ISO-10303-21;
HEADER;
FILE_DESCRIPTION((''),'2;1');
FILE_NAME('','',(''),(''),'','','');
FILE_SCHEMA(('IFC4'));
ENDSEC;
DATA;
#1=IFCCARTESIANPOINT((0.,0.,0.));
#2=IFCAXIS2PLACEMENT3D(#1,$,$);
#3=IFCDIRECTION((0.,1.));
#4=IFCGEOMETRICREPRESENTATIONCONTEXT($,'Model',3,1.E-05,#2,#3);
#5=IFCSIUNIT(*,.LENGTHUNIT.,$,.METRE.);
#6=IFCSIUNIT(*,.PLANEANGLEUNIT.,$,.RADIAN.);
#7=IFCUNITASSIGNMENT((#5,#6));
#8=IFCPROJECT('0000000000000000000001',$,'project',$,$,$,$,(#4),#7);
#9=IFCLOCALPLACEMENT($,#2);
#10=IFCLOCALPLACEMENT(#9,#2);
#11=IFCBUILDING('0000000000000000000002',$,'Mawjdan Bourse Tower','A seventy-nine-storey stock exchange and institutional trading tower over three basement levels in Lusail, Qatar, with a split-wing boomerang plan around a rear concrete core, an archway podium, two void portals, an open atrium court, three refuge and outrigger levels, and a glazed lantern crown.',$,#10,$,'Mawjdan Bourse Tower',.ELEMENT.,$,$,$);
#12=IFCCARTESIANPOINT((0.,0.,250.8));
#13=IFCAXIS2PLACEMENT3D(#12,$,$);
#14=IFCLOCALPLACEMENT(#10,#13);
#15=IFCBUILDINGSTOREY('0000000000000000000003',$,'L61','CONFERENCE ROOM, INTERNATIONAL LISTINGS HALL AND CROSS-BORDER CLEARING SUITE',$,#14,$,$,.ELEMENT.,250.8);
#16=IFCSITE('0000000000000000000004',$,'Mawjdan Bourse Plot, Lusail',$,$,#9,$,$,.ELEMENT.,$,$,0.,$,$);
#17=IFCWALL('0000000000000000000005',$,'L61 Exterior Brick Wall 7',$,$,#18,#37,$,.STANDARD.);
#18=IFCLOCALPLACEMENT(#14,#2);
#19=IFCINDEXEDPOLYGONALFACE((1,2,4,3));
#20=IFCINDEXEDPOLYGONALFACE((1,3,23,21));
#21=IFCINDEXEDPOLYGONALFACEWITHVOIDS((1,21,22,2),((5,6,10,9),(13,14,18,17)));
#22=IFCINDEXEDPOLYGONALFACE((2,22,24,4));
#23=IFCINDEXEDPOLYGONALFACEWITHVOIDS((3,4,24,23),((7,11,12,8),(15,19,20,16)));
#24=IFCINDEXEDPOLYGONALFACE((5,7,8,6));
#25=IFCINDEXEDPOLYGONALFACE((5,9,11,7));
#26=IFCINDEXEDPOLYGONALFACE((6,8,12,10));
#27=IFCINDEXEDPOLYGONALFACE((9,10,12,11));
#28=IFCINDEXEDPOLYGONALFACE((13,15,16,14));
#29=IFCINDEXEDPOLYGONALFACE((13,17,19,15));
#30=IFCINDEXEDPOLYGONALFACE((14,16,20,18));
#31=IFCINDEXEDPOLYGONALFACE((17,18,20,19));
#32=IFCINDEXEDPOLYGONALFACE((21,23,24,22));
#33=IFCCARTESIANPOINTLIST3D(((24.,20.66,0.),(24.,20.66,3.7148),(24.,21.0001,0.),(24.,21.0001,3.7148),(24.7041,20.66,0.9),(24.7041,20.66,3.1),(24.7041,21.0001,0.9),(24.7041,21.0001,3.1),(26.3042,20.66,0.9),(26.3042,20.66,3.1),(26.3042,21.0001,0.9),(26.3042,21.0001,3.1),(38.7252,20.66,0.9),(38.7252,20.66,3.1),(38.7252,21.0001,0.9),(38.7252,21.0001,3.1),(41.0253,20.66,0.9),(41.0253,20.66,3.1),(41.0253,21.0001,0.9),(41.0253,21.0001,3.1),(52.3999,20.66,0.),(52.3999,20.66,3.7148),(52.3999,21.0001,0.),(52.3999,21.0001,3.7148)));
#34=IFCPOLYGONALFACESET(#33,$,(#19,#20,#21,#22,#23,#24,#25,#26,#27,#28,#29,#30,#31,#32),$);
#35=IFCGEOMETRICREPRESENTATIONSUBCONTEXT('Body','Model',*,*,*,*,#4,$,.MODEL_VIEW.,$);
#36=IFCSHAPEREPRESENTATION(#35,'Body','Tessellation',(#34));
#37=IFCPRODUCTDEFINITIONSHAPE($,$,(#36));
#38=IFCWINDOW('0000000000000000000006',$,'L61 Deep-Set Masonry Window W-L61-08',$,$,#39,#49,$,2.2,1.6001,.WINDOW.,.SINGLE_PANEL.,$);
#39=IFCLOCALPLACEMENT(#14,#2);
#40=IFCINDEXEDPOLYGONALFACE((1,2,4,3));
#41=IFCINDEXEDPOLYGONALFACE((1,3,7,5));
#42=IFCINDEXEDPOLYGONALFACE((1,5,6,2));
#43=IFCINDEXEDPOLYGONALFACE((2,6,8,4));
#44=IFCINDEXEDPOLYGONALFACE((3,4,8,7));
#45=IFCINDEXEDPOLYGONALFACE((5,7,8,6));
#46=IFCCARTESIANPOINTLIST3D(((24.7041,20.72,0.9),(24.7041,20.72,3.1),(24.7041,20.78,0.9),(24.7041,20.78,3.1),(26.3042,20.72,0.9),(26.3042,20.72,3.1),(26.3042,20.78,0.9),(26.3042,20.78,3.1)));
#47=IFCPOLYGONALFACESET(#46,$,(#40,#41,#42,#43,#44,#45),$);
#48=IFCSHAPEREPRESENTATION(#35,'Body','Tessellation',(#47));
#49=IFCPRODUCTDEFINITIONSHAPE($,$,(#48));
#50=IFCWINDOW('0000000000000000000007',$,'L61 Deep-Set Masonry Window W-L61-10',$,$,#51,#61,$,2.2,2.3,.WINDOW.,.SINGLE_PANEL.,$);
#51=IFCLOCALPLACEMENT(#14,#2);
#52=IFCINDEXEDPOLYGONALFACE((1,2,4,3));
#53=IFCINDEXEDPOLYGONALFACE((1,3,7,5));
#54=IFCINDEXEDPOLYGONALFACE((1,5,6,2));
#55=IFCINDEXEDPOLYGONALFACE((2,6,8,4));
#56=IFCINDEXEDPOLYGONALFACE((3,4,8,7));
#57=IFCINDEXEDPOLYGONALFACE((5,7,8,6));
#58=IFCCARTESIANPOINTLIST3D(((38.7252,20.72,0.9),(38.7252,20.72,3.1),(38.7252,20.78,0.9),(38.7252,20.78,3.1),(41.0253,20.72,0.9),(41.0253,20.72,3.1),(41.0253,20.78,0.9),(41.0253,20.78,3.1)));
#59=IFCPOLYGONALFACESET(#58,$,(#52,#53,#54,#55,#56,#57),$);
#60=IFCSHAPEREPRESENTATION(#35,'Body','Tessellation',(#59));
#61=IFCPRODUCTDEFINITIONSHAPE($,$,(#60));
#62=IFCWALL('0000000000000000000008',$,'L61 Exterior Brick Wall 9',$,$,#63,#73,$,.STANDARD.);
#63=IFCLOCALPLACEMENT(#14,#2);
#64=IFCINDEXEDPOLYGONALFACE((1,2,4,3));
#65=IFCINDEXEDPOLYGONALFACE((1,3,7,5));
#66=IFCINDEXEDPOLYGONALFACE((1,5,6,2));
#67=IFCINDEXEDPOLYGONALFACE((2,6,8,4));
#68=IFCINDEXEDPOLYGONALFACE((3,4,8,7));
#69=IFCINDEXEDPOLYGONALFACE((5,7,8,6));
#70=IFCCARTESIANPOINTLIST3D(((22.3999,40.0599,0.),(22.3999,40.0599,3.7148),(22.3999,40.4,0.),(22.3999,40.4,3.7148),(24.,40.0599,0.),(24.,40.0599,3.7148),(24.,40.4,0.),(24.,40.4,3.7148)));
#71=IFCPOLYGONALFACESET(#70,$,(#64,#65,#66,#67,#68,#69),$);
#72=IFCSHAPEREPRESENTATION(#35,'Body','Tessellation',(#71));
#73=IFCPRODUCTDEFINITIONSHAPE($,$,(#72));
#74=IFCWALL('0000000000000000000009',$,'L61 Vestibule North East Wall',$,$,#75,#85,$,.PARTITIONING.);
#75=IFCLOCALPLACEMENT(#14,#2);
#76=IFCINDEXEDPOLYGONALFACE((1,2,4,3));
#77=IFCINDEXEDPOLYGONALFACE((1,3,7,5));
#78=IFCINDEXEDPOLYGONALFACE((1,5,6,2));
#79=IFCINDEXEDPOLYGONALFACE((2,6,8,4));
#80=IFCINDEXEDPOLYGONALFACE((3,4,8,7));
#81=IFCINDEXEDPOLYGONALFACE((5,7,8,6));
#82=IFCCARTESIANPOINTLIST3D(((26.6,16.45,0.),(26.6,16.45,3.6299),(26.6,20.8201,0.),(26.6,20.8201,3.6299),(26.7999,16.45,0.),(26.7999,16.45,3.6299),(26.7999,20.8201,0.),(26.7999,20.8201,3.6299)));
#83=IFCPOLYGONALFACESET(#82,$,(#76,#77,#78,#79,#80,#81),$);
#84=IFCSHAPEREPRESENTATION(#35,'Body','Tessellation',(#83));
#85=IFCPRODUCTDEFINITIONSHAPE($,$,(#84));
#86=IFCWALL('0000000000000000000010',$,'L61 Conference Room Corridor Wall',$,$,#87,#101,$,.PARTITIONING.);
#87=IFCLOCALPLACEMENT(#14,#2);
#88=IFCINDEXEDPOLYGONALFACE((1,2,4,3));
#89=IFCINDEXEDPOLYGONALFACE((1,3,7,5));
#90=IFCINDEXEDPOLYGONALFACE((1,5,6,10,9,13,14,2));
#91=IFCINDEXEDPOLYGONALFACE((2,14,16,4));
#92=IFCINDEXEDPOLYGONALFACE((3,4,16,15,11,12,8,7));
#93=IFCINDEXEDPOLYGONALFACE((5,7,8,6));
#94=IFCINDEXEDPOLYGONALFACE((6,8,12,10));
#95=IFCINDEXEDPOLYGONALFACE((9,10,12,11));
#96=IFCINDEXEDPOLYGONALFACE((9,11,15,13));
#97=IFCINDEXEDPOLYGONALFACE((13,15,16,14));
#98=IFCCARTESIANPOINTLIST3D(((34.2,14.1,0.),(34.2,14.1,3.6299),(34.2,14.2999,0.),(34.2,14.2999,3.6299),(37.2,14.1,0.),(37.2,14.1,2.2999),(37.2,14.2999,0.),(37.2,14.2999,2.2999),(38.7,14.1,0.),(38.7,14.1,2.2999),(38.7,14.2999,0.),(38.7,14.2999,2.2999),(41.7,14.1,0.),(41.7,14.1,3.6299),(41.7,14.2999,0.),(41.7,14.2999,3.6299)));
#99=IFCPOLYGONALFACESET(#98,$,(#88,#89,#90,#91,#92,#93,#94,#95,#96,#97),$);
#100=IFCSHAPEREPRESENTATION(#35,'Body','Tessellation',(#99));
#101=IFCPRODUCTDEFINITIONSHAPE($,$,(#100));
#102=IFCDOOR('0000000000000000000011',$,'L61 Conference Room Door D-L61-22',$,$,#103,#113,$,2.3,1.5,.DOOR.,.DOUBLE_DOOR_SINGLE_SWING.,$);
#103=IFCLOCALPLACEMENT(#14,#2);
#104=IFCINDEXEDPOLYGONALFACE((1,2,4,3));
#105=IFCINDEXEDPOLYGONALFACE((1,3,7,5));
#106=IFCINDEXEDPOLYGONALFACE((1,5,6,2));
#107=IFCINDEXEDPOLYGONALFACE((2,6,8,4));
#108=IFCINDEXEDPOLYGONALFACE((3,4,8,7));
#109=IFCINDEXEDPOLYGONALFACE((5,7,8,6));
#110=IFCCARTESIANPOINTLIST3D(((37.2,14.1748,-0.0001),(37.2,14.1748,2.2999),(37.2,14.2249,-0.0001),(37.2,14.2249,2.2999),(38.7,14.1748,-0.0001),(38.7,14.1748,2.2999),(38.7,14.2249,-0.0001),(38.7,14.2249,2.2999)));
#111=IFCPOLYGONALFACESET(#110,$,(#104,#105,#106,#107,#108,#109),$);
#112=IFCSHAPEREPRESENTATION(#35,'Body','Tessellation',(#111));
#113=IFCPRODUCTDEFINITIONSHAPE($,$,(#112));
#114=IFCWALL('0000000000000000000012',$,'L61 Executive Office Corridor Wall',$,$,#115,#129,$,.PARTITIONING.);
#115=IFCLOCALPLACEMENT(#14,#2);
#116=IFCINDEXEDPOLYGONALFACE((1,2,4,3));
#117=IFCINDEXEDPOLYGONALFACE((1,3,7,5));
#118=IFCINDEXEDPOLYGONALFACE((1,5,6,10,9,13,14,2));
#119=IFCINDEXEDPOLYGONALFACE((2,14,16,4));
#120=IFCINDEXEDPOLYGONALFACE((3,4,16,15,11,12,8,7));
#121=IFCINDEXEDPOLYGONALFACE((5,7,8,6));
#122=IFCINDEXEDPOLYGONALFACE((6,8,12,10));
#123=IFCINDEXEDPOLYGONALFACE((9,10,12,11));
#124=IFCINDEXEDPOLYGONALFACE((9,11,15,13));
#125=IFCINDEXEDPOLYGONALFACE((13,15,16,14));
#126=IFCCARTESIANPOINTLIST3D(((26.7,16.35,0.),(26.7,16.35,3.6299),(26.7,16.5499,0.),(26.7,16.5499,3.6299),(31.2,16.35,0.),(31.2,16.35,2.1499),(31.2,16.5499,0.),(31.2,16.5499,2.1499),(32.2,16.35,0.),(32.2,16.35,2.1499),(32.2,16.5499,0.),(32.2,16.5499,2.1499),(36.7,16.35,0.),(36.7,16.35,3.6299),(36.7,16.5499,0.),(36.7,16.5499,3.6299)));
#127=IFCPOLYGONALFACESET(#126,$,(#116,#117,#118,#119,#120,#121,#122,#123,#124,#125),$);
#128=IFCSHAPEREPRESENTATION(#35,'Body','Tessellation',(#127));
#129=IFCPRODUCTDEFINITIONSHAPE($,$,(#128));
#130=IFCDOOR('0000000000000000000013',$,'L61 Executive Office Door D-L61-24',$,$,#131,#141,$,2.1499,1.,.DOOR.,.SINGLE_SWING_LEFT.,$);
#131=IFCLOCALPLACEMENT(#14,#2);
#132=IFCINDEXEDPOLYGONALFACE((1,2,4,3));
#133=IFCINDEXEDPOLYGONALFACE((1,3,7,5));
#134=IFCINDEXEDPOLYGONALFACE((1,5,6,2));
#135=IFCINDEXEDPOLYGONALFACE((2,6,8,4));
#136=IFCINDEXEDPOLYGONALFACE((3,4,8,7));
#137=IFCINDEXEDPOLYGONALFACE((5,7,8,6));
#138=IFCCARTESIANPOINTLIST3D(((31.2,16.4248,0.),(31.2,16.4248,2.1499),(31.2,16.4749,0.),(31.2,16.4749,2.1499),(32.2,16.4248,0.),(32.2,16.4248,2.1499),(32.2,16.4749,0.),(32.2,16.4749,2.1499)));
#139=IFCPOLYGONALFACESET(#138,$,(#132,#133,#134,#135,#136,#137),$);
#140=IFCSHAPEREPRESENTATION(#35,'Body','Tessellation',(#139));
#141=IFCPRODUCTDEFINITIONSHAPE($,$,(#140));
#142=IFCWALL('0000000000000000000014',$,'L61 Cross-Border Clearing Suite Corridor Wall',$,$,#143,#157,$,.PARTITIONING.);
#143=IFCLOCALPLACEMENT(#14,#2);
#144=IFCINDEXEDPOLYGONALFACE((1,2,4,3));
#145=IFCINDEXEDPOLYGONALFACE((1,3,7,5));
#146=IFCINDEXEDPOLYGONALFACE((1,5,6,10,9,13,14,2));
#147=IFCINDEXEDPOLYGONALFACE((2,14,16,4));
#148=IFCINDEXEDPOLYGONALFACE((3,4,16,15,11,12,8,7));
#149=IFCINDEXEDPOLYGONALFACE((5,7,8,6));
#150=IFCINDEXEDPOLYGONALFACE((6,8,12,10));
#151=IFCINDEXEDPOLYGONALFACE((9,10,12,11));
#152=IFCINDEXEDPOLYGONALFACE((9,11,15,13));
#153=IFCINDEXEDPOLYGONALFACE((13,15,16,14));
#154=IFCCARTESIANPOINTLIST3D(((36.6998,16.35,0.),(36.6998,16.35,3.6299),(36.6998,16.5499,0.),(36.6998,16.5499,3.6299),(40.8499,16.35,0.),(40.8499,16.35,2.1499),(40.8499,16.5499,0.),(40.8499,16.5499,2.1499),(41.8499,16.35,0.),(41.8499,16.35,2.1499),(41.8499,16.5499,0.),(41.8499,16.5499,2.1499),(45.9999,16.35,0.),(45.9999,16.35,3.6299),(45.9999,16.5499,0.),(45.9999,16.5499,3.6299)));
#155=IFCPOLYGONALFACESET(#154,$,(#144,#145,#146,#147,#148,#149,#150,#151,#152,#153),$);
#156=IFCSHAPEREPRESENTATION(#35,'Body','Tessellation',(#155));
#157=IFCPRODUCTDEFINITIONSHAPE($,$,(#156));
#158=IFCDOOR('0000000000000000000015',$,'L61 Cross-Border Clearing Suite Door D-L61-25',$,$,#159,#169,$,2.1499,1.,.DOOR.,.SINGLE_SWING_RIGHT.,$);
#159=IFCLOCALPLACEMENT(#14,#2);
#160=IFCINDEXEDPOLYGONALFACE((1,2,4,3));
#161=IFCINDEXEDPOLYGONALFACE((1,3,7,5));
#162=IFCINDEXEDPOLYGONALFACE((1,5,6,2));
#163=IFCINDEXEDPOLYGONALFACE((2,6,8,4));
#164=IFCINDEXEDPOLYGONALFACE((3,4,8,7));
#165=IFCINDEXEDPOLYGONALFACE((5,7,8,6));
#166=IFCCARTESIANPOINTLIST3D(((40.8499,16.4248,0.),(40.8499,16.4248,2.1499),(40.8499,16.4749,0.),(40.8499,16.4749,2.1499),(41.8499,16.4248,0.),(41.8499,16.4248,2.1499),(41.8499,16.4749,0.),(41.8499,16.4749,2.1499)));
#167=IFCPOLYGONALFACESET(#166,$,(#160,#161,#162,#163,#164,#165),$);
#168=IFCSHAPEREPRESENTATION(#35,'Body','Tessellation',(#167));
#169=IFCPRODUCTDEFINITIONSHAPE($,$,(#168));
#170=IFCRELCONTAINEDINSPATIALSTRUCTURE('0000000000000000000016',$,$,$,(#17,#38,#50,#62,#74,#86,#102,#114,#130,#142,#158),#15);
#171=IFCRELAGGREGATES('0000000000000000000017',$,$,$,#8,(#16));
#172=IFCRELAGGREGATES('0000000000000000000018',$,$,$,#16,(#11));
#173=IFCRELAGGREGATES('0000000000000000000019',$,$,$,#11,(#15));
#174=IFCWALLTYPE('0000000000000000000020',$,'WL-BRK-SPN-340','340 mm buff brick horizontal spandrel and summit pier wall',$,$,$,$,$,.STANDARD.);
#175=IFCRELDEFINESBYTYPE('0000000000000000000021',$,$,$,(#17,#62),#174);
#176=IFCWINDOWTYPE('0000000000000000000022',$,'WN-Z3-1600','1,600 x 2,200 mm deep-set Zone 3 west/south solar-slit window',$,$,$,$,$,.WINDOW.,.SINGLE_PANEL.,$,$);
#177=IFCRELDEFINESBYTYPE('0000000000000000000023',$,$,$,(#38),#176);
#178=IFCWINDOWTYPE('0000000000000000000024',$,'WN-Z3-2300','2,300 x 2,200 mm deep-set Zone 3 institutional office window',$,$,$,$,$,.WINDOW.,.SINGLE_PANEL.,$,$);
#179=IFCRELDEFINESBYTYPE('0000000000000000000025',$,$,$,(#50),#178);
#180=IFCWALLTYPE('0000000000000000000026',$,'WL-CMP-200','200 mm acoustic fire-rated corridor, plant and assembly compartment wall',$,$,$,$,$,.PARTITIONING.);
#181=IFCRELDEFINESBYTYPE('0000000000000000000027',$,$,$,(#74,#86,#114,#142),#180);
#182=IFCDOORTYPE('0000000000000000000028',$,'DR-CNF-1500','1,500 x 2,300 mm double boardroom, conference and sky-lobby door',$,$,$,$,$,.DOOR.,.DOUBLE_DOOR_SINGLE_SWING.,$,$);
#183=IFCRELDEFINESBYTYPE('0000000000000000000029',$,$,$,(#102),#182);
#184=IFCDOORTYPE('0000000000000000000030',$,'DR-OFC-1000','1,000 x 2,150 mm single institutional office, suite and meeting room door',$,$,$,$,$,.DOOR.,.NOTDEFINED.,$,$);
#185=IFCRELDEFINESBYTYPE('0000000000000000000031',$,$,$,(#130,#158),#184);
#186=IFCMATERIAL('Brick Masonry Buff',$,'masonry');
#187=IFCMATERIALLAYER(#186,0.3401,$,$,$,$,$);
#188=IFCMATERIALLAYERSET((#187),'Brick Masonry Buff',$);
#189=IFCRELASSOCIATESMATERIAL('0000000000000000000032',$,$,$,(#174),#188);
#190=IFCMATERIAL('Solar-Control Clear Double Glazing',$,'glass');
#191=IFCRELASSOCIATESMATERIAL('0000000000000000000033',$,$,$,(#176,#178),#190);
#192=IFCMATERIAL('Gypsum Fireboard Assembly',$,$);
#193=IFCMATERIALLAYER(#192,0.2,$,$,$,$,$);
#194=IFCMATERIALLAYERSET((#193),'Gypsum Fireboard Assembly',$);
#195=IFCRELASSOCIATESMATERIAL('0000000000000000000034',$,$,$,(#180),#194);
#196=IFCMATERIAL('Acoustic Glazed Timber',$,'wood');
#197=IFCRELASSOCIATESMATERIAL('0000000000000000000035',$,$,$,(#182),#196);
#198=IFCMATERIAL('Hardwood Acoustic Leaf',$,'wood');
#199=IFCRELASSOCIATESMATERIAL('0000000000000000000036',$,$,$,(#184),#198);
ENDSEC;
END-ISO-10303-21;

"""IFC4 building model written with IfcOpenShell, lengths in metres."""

from ifc_helpers import new_model, si_unit, direction, frame, frame_2d, origin, place, context, subcontext, project, spatial, rectangle, extrude, material, layer, layer_set, type_object, element, fill, save


model = new_model("IFC4")

# Units and contexts
model_context = context("Model", 3, precision=1e-05, world=origin(), true_north=direction((0.0, 1.0)))
body_context = subcontext(model_context, "Body", "Model", "MODEL_VIEW")
ifc_project = project(units=[si_unit("LENGTHUNIT", "METRE"), si_unit("PLANEANGLEUNIT", "RADIAN")], contexts=[model_context])

# Site, building, storey
site_placement = place(None, origin())
site = spatial("IfcSite", under=ifc_project, at=site_placement, Name="Mawjdan Bourse Plot, Lusail", CompositionType="ELEMENT", RefElevation=0.0)
building_placement = place(site_placement, origin())
building = spatial("IfcBuilding", under=site, at=building_placement, Name="Mawjdan Bourse Tower", Description="A seventy-nine-storey stock exchange and institutional trading tower over three basement levels in Lusail, Qatar, with a split-wing boomerang plan around a rear concrete core, an archway podium, two void portals, an open atrium court, three refuge and outrigger levels, and a glazed lantern crown.", LongName="Mawjdan Bourse Tower", CompositionType="ELEMENT")
storey_placement = place(building_placement, frame((0.0, 0.0, 250.8)))
storey = spatial("IfcBuildingStorey", under=building, at=storey_placement, Name="L61", Description="CONFERENCE ROOM, INTERNATIONAL LISTINGS HALL AND CROSS-BORDER CLEARING SUITE", CompositionType="ELEMENT", Elevation=250.8)

# Shared definitions
ifc_material_1 = material(Name="Brick Masonry Buff", Category="masonry")
ifc_layer_1 = layer(ifc_material_1, 0.3401)
ifc_layer_set_1 = layer_set([ifc_layer_1], Name="Brick Masonry Buff")
wall_type_1 = type_object("IfcWallType", Name="WL-BRK-SPN-340", Description="340 mm buff brick horizontal spandrel and summit pier wall", PredefinedType="STANDARD", material=ifc_layer_set_1)

# Wall, openings, windows
wall_1_placement = place(storey_placement, frame((52.3999, 20.8301, 0.0), z_axis=(0.0, 0.0, 1.0), x_axis=(-1.0, 0.0, 0.0)))
wall_1 = element("IfcWall", 1, at=wall_1_placement, inside=storey, type_object=wall_type_1, Name="L61 Exterior Brick Wall 7", PredefinedType="STANDARD", context=body_context, shape_type="SweptSolid", body=[
    extrude(rectangle(XDim=28.3999, YDim=0.3401, at=frame_2d((14.2, 0.0))), origin(), (0.0, 0.0, 1.0), 3.7148),
])
opening_1_placement = place(wall_1_placement, frame((26.0957, 0.0, 0.8999)))
opening_1 = element("IfcOpeningElement", 2, at=opening_1_placement, cuts=wall_1, PredefinedType="OPENING", context=body_context, shape_type="SweptSolid", body=[
    extrude(rectangle(XDim=1.6001, YDim=2.2, at=frame_2d((0.8, 1.1001))), frame((0.0, 0.1802, 0.0), z_axis=(0.0, -1.0, 0.0), x_axis=(1.0, 0.0, 0.0)), (0.0, 0.0, 1.0), 0.3601),
])
opening_2_placement = place(wall_1_placement, frame((11.3748, 0.0, 0.8999)))
opening_2 = element("IfcOpeningElement", 3, at=opening_2_placement, cuts=wall_1, PredefinedType="OPENING", context=body_context, shape_type="SweptSolid", body=[
    extrude(rectangle(XDim=2.3, YDim=2.2, at=frame_2d((1.1499, 1.1001))), frame((0.0, 0.1802, 0.0), z_axis=(0.0, -1.0, 0.0), x_axis=(1.0, 0.0, 0.0)), (0.0, 0.0, 1.0), 0.3601),
])
ifc_material_2 = material(Name="Solar-Control Clear Double Glazing", Category="glass")
window_type_1 = type_object("IfcWindowType", Name="WN-Z3-1600", Description="1,600 x 2,200 mm deep-set Zone 3 west/south solar-slit window", PartitioningType="SINGLE_PANEL", PredefinedType="WINDOW", material=ifc_material_2)
window_1_placement = place(opening_1_placement, origin())
window_1 = element("IfcWindow", 4, at=window_1_placement, inside=storey, type_object=window_type_1, Name="L61 Deep-Set Masonry Window W-L61-08", OverallHeight=2.2, OverallWidth=1.6001, PartitioningType="SINGLE_PANEL", PredefinedType="WINDOW", context=body_context, shape_type="SweptSolid", body=[
    extrude(rectangle(XDim=1.6001, YDim=2.2, at=frame_2d((0.8, 1.1001))), frame((0.0, 0.1101, 0.0), z_axis=(0.0, -1.0, 0.0), x_axis=(1.0, 0.0, 0.0)), (0.0, 0.0, 1.0), 0.0601),
])
fill(opening_1, window_1)
window_type_2 = type_object("IfcWindowType", Name="WN-Z3-2300", Description="2,300 x 2,200 mm deep-set Zone 3 institutional office window", PartitioningType="SINGLE_PANEL", PredefinedType="WINDOW", material=ifc_material_2)
window_2_placement = place(opening_2_placement, origin())
window_2 = element("IfcWindow", 5, at=window_2_placement, inside=storey, type_object=window_type_2, Name="L61 Deep-Set Masonry Window W-L61-10", OverallHeight=2.2, OverallWidth=2.3, PartitioningType="SINGLE_PANEL", PredefinedType="WINDOW", context=body_context, shape_type="SweptSolid", body=[
    extrude(rectangle(XDim=2.3, YDim=2.2, at=frame_2d((1.1499, 1.1001))), frame((0.0, 0.1101, 0.0), z_axis=(0.0, -1.0, 0.0), x_axis=(1.0, 0.0, 0.0)), (0.0, 0.0, 1.0), 0.0601),
])
fill(opening_2, window_2)

# Walls
wall_2_placement = place(storey_placement, frame((24.0, 40.23, 0.0), z_axis=(0.0, 0.0, 1.0), x_axis=(-1.0, 0.0, 0.0)))
element("IfcWall", 6, at=wall_2_placement, inside=storey, type_object=wall_type_1, Name="L61 Exterior Brick Wall 9", PredefinedType="STANDARD", context=body_context, shape_type="SweptSolid", body=[
    extrude(rectangle(XDim=1.6001, YDim=0.3401, at=frame_2d((0.8, 0.0))), origin(), (0.0, 0.0, 1.0), 3.7148),
])
ifc_material_3 = material(Name="Gypsum Fireboard Assembly")
ifc_layer_2 = layer(ifc_material_3, 0.2)
ifc_layer_set_2 = layer_set([ifc_layer_2], Name="Gypsum Fireboard Assembly")
wall_type_2 = type_object("IfcWallType", Name="WL-CMP-200", Description="200 mm acoustic fire-rated corridor, plant and assembly compartment wall", PredefinedType="PARTITIONING", material=ifc_layer_set_2)
wall_3_placement = place(storey_placement, frame((26.7, 16.45, 0.0), z_axis=(0.0, 0.0, 1.0), x_axis=(0.0, 1.0, 0.0)))
element("IfcWall", 7, at=wall_3_placement, inside=storey, type_object=wall_type_2, Name="L61 Vestibule North East Wall", PredefinedType="PARTITIONING", context=body_context, shape_type="SweptSolid", body=[
    extrude(rectangle(XDim=4.3701, YDim=0.2, at=frame_2d((2.1851, 0.0))), origin(), (0.0, 0.0, 1.0), 3.6299),
])

# Walls, openings, doors
wall_4_placement = place(storey_placement, frame((34.2, 14.2, 0.0), z_axis=(0.0, 0.0, 1.0), x_axis=(1.0, 0.0, 0.0)))
wall_4 = element("IfcWall", 8, at=wall_4_placement, inside=storey, type_object=wall_type_2, Name="L61 Conference Room Corridor Wall", PredefinedType="PARTITIONING", context=body_context, shape_type="SweptSolid", body=[
    extrude(rectangle(XDim=7.5, YDim=0.2, at=frame_2d((3.75, 0.0))), origin(), (0.0, 0.0, 1.0), 3.6299),
])
opening_3_placement = place(wall_4_placement, frame((3.0, 0.0, 0.0)))
opening_3 = element("IfcOpeningElement", 9, at=opening_3_placement, cuts=wall_4, PredefinedType="OPENING", context=body_context, shape_type="SweptSolid", body=[
    extrude(rectangle(XDim=1.5, YDim=2.3, at=frame_2d((0.75, 1.1499))), frame((0.0, 0.1099, 0.0), z_axis=(0.0, -1.0, 0.0), x_axis=(1.0, 0.0, 0.0)), (0.0, 0.0, 1.0), 0.22),
])
ifc_material_4 = material(Name="Acoustic Glazed Timber", Category="wood")
door_type_1 = type_object("IfcDoorType", Name="DR-CNF-1500", Description="1,500 x 2,300 mm double boardroom, conference and sky-lobby door", OperationType="DOUBLE_DOOR_SINGLE_SWING", PredefinedType="DOOR", material=ifc_material_4)
door_1_placement = place(opening_3_placement, origin())
door_1 = element("IfcDoor", 10, at=door_1_placement, inside=storey, type_object=door_type_1, Name="L61 Conference Room Door D-L61-22", OperationType="DOUBLE_DOOR_SINGLE_SWING", OverallHeight=2.3, OverallWidth=1.5, PredefinedType="DOOR", context=body_context, shape_type="SweptSolid", body=[
    extrude(rectangle(XDim=1.5, YDim=2.3, at=frame_2d((0.75, 1.1499))), frame((0.0, 0.0249, 0.0), z_axis=(0.0, -1.0, 0.0), x_axis=(1.0, 0.0, 0.0)), (0.0, 0.0, 1.0), 0.05),
])
fill(opening_3, door_1)
ifc_material_5 = material(Name="Hardwood Acoustic Leaf", Category="wood")
door_type_2 = type_object("IfcDoorType", Name="DR-OFC-1000", Description="1,000 x 2,150 mm single institutional office, suite and meeting room door", OperationType="NOTDEFINED", PredefinedType="DOOR", material=ifc_material_5)
wall_5_placement = place(storey_placement, frame((26.7, 16.45, 0.0), z_axis=(0.0, 0.0, 1.0), x_axis=(1.0, 0.0, 0.0)))
wall_5 = element("IfcWall", 11, at=wall_5_placement, inside=storey, type_object=wall_type_2, Name="L61 Executive Office Corridor Wall", PredefinedType="PARTITIONING", context=body_context, shape_type="SweptSolid", body=[
    extrude(rectangle(XDim=10.0, YDim=0.2, at=frame_2d((5.0, 0.0))), origin(), (0.0, 0.0, 1.0), 3.6299),
])
opening_4_placement = place(wall_5_placement, frame((4.5, 0.0, 0.0)))
opening_4 = element("IfcOpeningElement", 12, at=opening_4_placement, cuts=wall_5, PredefinedType="OPENING", context=body_context, shape_type="SweptSolid", body=[
    extrude(rectangle(XDim=1.0, YDim=2.1499, at=frame_2d((0.5, 1.075))), frame((0.0, 0.1099, 0.0), z_axis=(0.0, -1.0, 0.0), x_axis=(1.0, 0.0, 0.0)), (0.0, 0.0, 1.0), 0.22),
])
door_2_placement = place(opening_4_placement, origin())
door_2 = element("IfcDoor", 13, at=door_2_placement, inside=storey, type_object=door_type_2, Name="L61 Executive Office Door D-L61-24", OperationType="SINGLE_SWING_LEFT", OverallHeight=2.1499, OverallWidth=1.0, PredefinedType="DOOR", context=body_context, shape_type="SweptSolid", body=[
    extrude(rectangle(XDim=1.0, YDim=2.1499, at=frame_2d((0.5, 1.075))), frame((0.0, 0.0249, 0.0), z_axis=(0.0, -1.0, 0.0), x_axis=(1.0, 0.0, 0.0)), (0.0, 0.0, 1.0), 0.05),
])
fill(opening_4, door_2)
wall_6_placement = place(storey_placement, frame((36.7, 16.45, 0.0), z_axis=(0.0, 0.0, 1.0), x_axis=(1.0, 0.0, 0.0)))
wall_6 = element("IfcWall", 14, at=wall_6_placement, inside=storey, type_object=wall_type_2, Name="L61 Cross-Border Clearing Suite Corridor Wall", PredefinedType="PARTITIONING", context=body_context, shape_type="SweptSolid", body=[
    extrude(rectangle(XDim=9.3, YDim=0.2, at=frame_2d((4.6499, 0.0))), origin(), (0.0, 0.0, 1.0), 3.6299),
])
opening_5_placement = place(wall_6_placement, frame((4.1499, 0.0, 0.0)))
opening_5 = element("IfcOpeningElement", 15, at=opening_5_placement, cuts=wall_6, PredefinedType="OPENING", context=body_context, shape_type="SweptSolid", body=[
    extrude(rectangle(XDim=1.0, YDim=2.1499, at=frame_2d((0.5, 1.075))), frame((0.0, 0.1099, 0.0), z_axis=(0.0, -1.0, 0.0), x_axis=(1.0, 0.0, 0.0)), (0.0, 0.0, 1.0), 0.22),
])
door_3_placement = place(opening_5_placement, origin())
door_3 = element("IfcDoor", 16, at=door_3_placement, inside=storey, type_object=door_type_2, Name="L61 Cross-Border Clearing Suite Door D-L61-25", OperationType="SINGLE_SWING_RIGHT", OverallHeight=2.1499, OverallWidth=1.0, PredefinedType="DOOR", context=body_context, shape_type="SweptSolid", body=[
    extrude(rectangle(XDim=1.0, YDim=2.1499, at=frame_2d((0.5, 1.075))), frame((0.0, 0.0249, 0.0), z_axis=(0.0, -1.0, 0.0), x_axis=(1.0, 0.0, 0.0)), (0.0, 0.0, 1.0), 0.05),
])
fill(opening_5, door_3)

save(model, "model.ifc")
